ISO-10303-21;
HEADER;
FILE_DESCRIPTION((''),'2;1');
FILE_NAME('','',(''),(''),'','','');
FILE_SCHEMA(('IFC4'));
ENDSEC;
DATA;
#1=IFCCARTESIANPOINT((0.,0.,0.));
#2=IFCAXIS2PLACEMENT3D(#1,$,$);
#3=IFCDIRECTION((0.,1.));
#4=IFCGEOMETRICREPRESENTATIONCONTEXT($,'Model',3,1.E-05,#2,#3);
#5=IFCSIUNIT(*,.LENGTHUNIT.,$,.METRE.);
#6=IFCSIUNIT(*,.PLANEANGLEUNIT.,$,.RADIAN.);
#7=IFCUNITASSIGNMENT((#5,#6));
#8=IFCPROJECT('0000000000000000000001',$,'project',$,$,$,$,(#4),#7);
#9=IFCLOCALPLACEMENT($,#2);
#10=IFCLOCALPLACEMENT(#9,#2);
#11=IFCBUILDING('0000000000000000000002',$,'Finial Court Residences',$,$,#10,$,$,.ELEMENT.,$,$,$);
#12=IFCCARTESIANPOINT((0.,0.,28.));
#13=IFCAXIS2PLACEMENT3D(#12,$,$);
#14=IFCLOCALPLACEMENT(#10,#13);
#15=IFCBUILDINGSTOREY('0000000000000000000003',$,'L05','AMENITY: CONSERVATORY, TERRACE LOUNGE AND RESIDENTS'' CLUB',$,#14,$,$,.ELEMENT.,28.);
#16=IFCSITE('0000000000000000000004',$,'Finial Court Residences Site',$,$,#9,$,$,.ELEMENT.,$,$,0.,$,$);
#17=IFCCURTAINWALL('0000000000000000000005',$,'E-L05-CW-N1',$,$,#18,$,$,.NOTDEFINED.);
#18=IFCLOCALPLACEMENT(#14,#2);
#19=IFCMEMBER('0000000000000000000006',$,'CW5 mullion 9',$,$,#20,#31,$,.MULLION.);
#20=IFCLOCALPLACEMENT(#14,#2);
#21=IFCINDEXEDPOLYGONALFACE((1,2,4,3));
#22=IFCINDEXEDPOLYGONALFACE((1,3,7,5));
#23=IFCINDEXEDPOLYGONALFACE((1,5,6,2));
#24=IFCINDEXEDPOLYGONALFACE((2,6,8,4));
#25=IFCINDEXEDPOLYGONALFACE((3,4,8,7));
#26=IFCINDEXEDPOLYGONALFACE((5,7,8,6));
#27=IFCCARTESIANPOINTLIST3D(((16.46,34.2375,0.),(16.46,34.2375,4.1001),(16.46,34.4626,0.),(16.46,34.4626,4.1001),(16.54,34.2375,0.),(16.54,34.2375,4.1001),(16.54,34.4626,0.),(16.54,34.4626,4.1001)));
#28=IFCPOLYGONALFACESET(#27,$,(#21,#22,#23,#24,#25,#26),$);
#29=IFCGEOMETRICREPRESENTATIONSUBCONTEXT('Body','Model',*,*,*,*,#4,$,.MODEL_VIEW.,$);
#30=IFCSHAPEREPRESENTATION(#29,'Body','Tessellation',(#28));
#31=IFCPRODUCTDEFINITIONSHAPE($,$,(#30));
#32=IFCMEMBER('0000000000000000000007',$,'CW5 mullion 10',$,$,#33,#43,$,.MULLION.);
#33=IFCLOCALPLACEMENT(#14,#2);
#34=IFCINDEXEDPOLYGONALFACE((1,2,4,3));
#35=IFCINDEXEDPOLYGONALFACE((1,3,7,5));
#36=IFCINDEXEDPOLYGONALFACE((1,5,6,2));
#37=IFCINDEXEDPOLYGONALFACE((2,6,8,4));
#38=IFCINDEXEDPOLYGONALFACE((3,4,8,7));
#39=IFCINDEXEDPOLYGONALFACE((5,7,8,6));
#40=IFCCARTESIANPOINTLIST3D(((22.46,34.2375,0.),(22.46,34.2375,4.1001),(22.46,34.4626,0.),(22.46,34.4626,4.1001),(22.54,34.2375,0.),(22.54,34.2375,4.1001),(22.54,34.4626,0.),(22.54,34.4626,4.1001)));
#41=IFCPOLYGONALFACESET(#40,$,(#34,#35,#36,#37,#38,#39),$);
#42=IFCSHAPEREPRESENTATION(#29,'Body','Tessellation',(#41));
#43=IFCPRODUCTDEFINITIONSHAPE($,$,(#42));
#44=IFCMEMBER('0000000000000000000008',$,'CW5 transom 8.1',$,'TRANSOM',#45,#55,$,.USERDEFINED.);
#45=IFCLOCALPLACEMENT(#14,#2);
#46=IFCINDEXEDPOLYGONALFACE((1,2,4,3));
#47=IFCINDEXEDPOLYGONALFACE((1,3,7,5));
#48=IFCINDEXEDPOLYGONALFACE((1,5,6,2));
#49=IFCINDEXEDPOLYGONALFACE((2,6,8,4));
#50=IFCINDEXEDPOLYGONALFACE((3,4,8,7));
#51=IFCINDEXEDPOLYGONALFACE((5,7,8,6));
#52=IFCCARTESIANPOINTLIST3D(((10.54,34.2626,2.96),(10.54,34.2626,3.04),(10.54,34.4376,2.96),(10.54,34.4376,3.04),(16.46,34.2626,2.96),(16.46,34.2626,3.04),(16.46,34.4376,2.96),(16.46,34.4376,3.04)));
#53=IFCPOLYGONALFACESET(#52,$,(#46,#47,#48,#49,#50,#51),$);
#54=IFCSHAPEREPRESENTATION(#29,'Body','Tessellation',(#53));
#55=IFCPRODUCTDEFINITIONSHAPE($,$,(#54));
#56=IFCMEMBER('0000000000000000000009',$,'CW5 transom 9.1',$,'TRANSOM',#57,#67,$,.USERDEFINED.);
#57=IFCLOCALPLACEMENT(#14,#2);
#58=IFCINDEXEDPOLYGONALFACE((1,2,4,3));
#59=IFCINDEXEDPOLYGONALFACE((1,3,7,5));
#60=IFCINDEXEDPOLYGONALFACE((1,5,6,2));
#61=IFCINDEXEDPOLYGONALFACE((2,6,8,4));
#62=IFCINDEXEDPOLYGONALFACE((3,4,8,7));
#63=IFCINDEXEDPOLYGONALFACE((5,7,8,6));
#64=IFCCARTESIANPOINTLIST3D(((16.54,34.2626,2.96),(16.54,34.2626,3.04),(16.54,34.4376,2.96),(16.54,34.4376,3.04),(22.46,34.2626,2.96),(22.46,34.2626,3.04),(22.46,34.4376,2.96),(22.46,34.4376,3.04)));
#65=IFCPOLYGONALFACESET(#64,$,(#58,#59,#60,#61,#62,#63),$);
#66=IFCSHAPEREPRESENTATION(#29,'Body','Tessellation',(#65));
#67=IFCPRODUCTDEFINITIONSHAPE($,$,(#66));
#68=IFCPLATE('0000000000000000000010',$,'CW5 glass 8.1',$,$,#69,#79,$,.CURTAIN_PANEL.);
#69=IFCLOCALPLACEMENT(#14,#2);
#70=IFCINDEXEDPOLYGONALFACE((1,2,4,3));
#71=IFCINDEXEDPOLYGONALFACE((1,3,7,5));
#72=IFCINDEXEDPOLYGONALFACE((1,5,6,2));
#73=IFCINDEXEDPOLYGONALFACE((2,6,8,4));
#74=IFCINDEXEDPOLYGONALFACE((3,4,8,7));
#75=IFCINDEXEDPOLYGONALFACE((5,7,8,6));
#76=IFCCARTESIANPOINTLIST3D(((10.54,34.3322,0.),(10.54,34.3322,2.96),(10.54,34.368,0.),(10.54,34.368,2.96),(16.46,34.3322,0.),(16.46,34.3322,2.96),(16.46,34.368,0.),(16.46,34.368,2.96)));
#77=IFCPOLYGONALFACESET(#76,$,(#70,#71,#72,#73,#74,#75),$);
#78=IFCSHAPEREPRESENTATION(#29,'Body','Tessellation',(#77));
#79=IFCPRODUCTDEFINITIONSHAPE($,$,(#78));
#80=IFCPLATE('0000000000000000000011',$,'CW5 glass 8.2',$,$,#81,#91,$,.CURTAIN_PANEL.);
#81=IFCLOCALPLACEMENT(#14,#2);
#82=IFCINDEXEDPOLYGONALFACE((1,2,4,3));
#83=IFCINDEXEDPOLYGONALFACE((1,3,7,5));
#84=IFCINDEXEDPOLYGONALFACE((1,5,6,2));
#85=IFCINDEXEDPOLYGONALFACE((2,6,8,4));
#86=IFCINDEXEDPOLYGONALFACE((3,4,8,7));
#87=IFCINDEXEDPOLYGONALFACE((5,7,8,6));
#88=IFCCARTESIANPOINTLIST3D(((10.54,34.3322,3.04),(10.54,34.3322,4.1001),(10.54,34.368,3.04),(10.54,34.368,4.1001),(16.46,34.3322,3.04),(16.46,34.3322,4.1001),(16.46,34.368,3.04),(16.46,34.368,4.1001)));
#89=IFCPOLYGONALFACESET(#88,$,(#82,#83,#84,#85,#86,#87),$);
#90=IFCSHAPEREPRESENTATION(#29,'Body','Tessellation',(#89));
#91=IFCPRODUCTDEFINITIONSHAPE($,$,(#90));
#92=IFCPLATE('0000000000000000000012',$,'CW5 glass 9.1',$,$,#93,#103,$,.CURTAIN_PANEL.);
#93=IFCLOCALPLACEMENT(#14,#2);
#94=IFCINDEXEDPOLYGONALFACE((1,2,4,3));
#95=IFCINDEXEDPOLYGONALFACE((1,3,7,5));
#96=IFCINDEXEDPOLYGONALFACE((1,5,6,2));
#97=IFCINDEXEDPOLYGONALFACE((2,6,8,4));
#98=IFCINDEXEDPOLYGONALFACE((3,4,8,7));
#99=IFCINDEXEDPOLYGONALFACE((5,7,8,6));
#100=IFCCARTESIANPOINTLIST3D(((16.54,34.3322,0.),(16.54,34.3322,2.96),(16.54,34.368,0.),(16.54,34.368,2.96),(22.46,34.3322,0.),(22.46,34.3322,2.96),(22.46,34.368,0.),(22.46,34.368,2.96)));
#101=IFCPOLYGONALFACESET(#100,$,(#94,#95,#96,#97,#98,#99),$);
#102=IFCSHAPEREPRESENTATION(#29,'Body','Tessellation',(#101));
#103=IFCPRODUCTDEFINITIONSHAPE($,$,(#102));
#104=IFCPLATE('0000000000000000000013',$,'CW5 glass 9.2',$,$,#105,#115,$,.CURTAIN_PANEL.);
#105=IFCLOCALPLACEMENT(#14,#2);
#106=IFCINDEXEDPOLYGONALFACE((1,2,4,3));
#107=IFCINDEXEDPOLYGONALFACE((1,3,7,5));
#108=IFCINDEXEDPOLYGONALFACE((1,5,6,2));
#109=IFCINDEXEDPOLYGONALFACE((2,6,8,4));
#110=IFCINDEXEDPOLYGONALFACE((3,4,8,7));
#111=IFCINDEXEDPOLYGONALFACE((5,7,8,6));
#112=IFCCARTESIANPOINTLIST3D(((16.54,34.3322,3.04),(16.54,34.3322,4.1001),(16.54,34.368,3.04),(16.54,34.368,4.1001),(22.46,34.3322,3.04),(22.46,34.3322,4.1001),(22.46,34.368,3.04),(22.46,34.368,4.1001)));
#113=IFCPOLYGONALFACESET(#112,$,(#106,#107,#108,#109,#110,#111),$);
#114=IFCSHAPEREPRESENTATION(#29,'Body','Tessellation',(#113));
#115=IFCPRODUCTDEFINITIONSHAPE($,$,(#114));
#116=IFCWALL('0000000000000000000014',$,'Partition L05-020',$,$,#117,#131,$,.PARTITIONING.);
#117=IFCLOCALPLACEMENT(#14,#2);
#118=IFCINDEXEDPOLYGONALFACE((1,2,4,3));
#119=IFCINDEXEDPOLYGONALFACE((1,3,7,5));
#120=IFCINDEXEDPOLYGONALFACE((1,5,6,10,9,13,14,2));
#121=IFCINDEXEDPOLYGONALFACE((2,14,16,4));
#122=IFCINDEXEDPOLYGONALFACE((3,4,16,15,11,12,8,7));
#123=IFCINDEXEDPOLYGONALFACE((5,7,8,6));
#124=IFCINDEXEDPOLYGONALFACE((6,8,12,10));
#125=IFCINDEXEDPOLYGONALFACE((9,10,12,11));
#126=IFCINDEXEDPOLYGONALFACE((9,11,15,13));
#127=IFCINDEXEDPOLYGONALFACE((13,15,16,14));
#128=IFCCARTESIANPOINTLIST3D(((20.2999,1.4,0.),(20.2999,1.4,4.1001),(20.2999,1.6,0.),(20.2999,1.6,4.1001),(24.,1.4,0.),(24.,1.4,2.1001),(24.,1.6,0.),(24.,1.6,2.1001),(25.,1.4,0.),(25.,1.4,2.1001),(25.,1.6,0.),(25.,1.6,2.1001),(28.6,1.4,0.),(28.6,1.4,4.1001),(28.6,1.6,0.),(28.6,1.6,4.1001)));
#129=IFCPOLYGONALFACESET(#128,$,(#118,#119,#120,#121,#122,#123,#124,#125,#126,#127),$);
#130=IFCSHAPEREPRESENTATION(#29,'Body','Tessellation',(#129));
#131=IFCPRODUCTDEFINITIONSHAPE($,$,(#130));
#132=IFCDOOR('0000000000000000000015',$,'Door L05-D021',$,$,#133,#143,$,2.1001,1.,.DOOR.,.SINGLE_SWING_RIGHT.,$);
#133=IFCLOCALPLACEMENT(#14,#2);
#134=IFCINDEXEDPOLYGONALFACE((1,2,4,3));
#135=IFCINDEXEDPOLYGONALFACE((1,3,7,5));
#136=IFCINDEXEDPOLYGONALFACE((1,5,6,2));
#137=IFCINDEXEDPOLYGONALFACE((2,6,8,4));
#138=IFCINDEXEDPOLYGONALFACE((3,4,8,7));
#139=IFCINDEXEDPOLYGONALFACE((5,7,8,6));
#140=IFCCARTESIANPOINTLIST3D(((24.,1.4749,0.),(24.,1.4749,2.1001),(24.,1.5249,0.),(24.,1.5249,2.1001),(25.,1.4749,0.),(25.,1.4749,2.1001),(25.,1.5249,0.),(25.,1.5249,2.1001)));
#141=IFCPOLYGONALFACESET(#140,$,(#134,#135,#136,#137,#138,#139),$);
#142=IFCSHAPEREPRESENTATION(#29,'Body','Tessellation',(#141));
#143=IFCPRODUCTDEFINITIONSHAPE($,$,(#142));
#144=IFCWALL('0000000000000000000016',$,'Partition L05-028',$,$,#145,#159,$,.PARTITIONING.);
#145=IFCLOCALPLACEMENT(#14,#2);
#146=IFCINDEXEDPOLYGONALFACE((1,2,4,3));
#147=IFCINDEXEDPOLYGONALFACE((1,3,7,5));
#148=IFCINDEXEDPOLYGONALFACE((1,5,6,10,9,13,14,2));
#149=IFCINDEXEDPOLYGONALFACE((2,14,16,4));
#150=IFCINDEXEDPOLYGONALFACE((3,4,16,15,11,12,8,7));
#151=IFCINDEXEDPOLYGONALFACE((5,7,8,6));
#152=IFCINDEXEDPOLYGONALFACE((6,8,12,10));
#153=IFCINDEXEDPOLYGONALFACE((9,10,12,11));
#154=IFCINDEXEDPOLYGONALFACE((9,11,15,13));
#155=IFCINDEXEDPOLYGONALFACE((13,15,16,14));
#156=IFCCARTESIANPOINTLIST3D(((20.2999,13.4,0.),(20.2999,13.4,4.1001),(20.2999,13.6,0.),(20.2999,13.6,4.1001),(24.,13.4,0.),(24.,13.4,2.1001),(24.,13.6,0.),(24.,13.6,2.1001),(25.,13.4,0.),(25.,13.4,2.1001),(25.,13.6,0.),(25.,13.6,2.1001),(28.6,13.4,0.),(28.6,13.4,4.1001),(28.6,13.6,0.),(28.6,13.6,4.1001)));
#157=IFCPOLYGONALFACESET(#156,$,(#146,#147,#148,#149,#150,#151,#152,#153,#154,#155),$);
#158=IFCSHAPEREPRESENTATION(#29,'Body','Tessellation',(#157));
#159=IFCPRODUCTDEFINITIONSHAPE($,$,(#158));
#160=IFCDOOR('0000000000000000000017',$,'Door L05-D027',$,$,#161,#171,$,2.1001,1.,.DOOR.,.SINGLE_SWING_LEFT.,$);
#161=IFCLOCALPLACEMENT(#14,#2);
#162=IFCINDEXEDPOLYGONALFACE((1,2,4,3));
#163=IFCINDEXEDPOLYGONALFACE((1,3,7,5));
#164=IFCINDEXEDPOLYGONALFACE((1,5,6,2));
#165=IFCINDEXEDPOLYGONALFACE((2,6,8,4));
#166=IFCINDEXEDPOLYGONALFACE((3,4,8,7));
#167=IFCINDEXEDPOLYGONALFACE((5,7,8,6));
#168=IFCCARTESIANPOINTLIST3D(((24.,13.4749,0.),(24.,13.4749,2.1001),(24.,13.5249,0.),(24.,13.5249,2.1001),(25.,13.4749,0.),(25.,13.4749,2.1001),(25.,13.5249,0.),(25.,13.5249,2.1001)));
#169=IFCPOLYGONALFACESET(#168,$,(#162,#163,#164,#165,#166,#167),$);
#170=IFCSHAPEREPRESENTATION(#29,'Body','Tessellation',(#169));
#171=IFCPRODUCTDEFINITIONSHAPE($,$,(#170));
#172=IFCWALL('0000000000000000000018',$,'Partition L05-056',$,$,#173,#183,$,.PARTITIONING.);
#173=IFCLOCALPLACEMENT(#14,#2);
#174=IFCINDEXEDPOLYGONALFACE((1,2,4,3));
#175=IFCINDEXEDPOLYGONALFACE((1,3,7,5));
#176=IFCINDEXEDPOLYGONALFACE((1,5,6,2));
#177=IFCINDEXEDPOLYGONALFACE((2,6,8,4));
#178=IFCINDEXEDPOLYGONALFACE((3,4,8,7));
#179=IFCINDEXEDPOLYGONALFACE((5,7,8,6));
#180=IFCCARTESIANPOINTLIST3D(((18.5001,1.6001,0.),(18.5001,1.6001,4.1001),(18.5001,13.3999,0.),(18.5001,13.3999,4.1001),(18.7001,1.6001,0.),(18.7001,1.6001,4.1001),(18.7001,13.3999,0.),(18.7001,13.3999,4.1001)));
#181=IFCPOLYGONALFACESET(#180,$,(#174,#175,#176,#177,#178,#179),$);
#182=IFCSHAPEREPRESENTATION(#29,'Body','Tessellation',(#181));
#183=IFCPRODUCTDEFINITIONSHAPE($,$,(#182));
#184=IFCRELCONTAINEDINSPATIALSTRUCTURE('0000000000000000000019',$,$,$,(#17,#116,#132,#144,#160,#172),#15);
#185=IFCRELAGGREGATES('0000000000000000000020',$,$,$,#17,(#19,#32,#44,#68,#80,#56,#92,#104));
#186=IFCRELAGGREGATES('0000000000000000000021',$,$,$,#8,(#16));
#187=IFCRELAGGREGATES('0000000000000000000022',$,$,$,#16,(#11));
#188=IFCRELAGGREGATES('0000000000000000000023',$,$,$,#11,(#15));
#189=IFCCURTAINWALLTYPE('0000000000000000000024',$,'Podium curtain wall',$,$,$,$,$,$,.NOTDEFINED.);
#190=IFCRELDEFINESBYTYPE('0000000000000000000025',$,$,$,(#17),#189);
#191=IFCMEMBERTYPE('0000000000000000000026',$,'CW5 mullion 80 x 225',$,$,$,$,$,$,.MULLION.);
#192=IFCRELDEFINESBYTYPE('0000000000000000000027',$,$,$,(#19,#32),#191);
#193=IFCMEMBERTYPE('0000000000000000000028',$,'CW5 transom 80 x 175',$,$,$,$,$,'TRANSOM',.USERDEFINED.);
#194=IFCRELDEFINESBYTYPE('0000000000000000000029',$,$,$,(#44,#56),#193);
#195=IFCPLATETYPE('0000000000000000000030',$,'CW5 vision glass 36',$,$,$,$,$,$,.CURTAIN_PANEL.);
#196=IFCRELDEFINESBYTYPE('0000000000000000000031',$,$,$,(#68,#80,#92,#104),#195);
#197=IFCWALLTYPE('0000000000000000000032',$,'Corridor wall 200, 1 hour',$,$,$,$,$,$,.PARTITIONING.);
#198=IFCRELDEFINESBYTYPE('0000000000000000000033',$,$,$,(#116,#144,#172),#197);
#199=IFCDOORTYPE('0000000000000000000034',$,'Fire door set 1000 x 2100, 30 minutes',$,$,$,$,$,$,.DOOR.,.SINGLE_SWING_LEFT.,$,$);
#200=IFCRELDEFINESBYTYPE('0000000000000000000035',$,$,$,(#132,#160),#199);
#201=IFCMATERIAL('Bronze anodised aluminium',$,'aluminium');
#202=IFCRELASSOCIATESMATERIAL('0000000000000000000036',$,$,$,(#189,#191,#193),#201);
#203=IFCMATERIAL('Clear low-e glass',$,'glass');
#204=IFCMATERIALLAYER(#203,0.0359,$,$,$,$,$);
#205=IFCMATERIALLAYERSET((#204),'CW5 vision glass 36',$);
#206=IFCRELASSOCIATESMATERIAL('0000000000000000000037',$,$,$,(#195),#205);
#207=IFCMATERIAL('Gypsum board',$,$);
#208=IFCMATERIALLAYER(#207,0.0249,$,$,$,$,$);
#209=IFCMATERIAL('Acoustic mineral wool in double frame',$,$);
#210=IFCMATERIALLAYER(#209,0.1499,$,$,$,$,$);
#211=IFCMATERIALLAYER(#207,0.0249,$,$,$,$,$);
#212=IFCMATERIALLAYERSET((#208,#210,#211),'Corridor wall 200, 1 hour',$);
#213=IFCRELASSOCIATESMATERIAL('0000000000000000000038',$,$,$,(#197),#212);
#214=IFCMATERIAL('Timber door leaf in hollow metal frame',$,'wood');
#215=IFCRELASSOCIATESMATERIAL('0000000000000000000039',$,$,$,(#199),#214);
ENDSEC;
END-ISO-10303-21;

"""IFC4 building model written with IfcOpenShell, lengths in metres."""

from ifc_helpers import new_model, si_unit, direction, frame, frame_2d, origin, origin_2d, place, context, subcontext, project, spatial, rectangle, extrude, material, layer, layer_set, material_profile, profile_set, type_object, element, fill, aggregate, save


model = new_model("IFC4")

# Units and contexts
model_context = context("Model", 3, precision=1e-05, world=origin(), true_north=direction((0.0, 1.0)))
body_context = subcontext(model_context, "Body", "Model", "MODEL_VIEW")
ifc_project = project(units=[si_unit("LENGTHUNIT", "METRE"), si_unit("PLANEANGLEUNIT", "RADIAN")], contexts=[model_context])

# Site, building, storey
site_placement = place(None, origin())
site = spatial("IfcSite", under=ifc_project, at=site_placement, Name="Finial Court Residences Site", CompositionType="ELEMENT", RefElevation=0.0)
building_placement = place(site_placement, origin())
building = spatial("IfcBuilding", under=site, at=building_placement, Name="Finial Court Residences", CompositionType="ELEMENT")
storey_placement = place(building_placement, frame((0.0, 0.0, 28.0)))
storey = spatial("IfcBuildingStorey", under=building, at=storey_placement, Name="L05", Description="AMENITY: CONSERVATORY, TERRACE LOUNGE AND RESIDENTS' CLUB", CompositionType="ELEMENT", Elevation=28.0)

# Curtain wall, members, plates
ifc_material_1 = material(Name="Bronze anodised aluminium", Category="aluminium")
curtain_wall_type = type_object("IfcCurtainWallType", Name="Podium curtain wall", PredefinedType="NOTDEFINED", material=ifc_material_1)
curtain_wall_placement = place(storey_placement, origin())
curtain_wall = element("IfcCurtainWall", 1, at=curtain_wall_placement, inside=storey, type_object=curtain_wall_type, Name="E-L05-CW-N1", PredefinedType="NOTDEFINED")
ifc_material_profile_1 = material_profile(ifc_material_1, rectangle(XDim=0.2251, YDim=0.0801, at=origin_2d()), Name="CW5 mullion 80 x 225")
ifc_profile_set_1 = profile_set([ifc_material_profile_1], Name="Bronze anodised aluminium")
member_type_1 = type_object("IfcMemberType", Name="CW5 mullion 80 x 225", PredefinedType="MULLION", material=ifc_profile_set_1)
member_1_placement = place(storey_placement, frame((16.5, 34.3501, 0.0), z_axis=(0.0, 0.0, 1.0), x_axis=(0.0, 1.0, 0.0)))
member_1 = element("IfcMember", 2, at=member_1_placement, type_object=member_type_1, Name="CW5 mullion 9", PredefinedType="MULLION", context=body_context, shape_type="SweptSolid", body=[
    extrude(rectangle(XDim=0.2251, YDim=0.0801, at=origin_2d()), origin(), (0.0, 0.0, 1.0), 4.1001),
])
member_2_placement = place(storey_placement, frame((22.5, 34.3501, 0.0), z_axis=(0.0, 0.0, 1.0), x_axis=(0.0, 1.0, 0.0)))
member_2 = element("IfcMember", 3, at=member_2_placement, type_object=member_type_1, Name="CW5 mullion 10", PredefinedType="MULLION", context=body_context, shape_type="SweptSolid", body=[
    extrude(rectangle(XDim=0.2251, YDim=0.0801, at=origin_2d()), origin(), (0.0, 0.0, 1.0), 4.1001),
])
ifc_material_profile_2 = material_profile(ifc_material_1, rectangle(XDim=0.175, YDim=0.0801, at=origin_2d()), Name="CW5 transom 80 x 175")
ifc_profile_set_2 = profile_set([ifc_material_profile_2], Name="Bronze anodised aluminium")
member_type_2 = type_object("IfcMemberType", Name="CW5 transom 80 x 175", ElementType="TRANSOM", PredefinedType="USERDEFINED", material=ifc_profile_set_2)
member_3_placement = place(storey_placement, frame((10.54, 34.3501, 3.0), z_axis=(1.0, 0.0, 0.0), x_axis=(0.0, 1.0, 0.0)))
member_3 = element("IfcMember", 4, at=member_3_placement, type_object=member_type_2, Name="CW5 transom 8.1", ObjectType="TRANSOM", PredefinedType="USERDEFINED", context=body_context, shape_type="SweptSolid", body=[
    extrude(rectangle(XDim=0.175, YDim=0.0801, at=origin_2d()), origin(), (0.0, 0.0, 1.0), 5.9199),
])
member_4_placement = place(storey_placement, frame((16.54, 34.3501, 3.0), z_axis=(1.0, 0.0, 0.0), x_axis=(0.0, 1.0, 0.0)))
member_4 = element("IfcMember", 5, at=member_4_placement, type_object=member_type_2, Name="CW5 transom 9.1", ObjectType="TRANSOM", PredefinedType="USERDEFINED", context=body_context, shape_type="SweptSolid", body=[
    extrude(rectangle(XDim=0.175, YDim=0.0801, at=origin_2d()), origin(), (0.0, 0.0, 1.0), 5.9199),
])
ifc_material_2 = material(Name="Clear low-e glass", Category="glass")
ifc_layer_1 = layer(ifc_material_2, 0.0359)
ifc_layer_set_1 = layer_set([ifc_layer_1], Name="CW5 vision glass 36")
plate_type = type_object("IfcPlateType", Name="CW5 vision glass 36", PredefinedType="CURTAIN_PANEL", material=ifc_layer_set_1)
plate_1_placement = place(storey_placement, frame((13.5, 34.3501, 0.0), z_axis=(0.0, 0.0, 1.0), x_axis=(1.0, 0.0, 0.0)))
plate_1 = element("IfcPlate", 6, at=plate_1_placement, type_object=plate_type, Name="CW5 glass 8.1", PredefinedType="CURTAIN_PANEL", context=body_context, shape_type="SweptSolid", body=[
    extrude(rectangle(XDim=5.9199, YDim=0.0359, at=origin_2d()), origin(), (0.0, 0.0, 1.0), 2.96),
])
plate_2_placement = place(storey_placement, frame((13.5, 34.3501, 3.04), z_axis=(0.0, 0.0, 1.0), x_axis=(1.0, 0.0, 0.0)))
plate_2 = element("IfcPlate", 7, at=plate_2_placement, type_object=plate_type, Name="CW5 glass 8.2", PredefinedType="CURTAIN_PANEL", context=body_context, shape_type="SweptSolid", body=[
    extrude(rectangle(XDim=5.9199, YDim=0.0359, at=origin_2d()), origin(), (0.0, 0.0, 1.0), 1.0601),
])
plate_3_placement = place(storey_placement, frame((19.5, 34.3501, 0.0), z_axis=(0.0, 0.0, 1.0), x_axis=(1.0, 0.0, 0.0)))
plate_3 = element("IfcPlate", 8, at=plate_3_placement, type_object=plate_type, Name="CW5 glass 9.1", PredefinedType="CURTAIN_PANEL", context=body_context, shape_type="SweptSolid", body=[
    extrude(rectangle(XDim=5.9199, YDim=0.0359, at=origin_2d()), origin(), (0.0, 0.0, 1.0), 2.96),
])
plate_4_placement = place(storey_placement, frame((19.5, 34.3501, 3.04), z_axis=(0.0, 0.0, 1.0), x_axis=(1.0, 0.0, 0.0)))
plate_4 = element("IfcPlate", 9, at=plate_4_placement, type_object=plate_type, Name="CW5 glass 9.2", PredefinedType="CURTAIN_PANEL", context=body_context, shape_type="SweptSolid", body=[
    extrude(rectangle(XDim=5.9199, YDim=0.0359, at=origin_2d()), origin(), (0.0, 0.0, 1.0), 1.0601),
])
aggregate(curtain_wall, [member_1, member_2, member_3, plate_1, plate_2, member_4, plate_3, plate_4])

# Walls, openings, doors
ifc_material_3 = material(Name="Gypsum board")
ifc_layer_2 = layer(ifc_material_3, 0.0249)
ifc_material_4 = material(Name="Acoustic mineral wool in double frame")
ifc_layer_3 = layer(ifc_material_4, 0.1499)
ifc_layer_4 = layer(ifc_material_3, 0.0249)
ifc_layer_set_2 = layer_set([ifc_layer_2, ifc_layer_3, ifc_layer_4], Name="Corridor wall 200, 1 hour")
wall_type_1 = type_object("IfcWallType", Name="Corridor wall 200, 1 hour", PredefinedType="PARTITIONING", material=ifc_layer_set_2)
wall_1_placement = place(storey_placement, frame((20.3, 1.5, 0.0), z_axis=(0.0, 0.0, 1.0), x_axis=(1.0, 0.0, 0.0)))
wall_1 = element("IfcWall", 10, at=wall_1_placement, inside=storey, type_object=wall_type_1, Name="Partition L05-020", PredefinedType="PARTITIONING", context=body_context, shape_type="SweptSolid", body=[
    extrude(rectangle(XDim=8.3, YDim=0.2, at=frame_2d((4.1499, 0.0))), origin(), (0.0, 0.0, 1.0), 4.1001),
])
opening_1_placement = place(wall_1_placement, frame((3.7, 0.0, 0.0)))
opening_1 = element("IfcOpeningElement", 11, at=opening_1_placement, cuts=wall_1, PredefinedType="OPENING", context=body_context, shape_type="SweptSolid", body=[
    extrude(rectangle(XDim=1.0, YDim=2.1001, at=frame_2d((0.5, 1.05))), frame((0.0, 0.1099, 0.0), z_axis=(0.0, -1.0, 0.0), x_axis=(1.0, 0.0, 0.0)), (0.0, 0.0, 1.0), 0.22),
])
ifc_material_5 = material(Name="Timber door leaf in hollow metal frame", Category="wood")
door_type = type_object("IfcDoorType", Name="Fire door set 1000 x 2100, 30 minutes", OperationType="SINGLE_SWING_LEFT", PredefinedType="DOOR", material=ifc_material_5)
door_1_placement = place(opening_1_placement, origin())
door_1 = element("IfcDoor", 12, at=door_1_placement, inside=storey, type_object=door_type, Name="Door L05-D021", OperationType="SINGLE_SWING_RIGHT", OverallHeight=2.1001, OverallWidth=1.0, PredefinedType="DOOR", context=body_context, shape_type="SweptSolid", body=[
    extrude(rectangle(XDim=1.0, YDim=2.1001, at=frame_2d((0.5, 1.05))), frame((0.0, 0.0249, 0.0), z_axis=(0.0, -1.0, 0.0), x_axis=(1.0, 0.0, 0.0)), (0.0, 0.0, 1.0), 0.05),
])
fill(opening_1, door_1)
wall_2_placement = place(storey_placement, frame((20.3, 13.5, 0.0), z_axis=(0.0, 0.0, 1.0), x_axis=(1.0, 0.0, 0.0)))
wall_2 = element("IfcWall", 13, at=wall_2_placement, inside=storey, type_object=wall_type_1, Name="Partition L05-028", PredefinedType="PARTITIONING", context=body_context, shape_type="SweptSolid", body=[
    extrude(rectangle(XDim=8.3, YDim=0.2, at=frame_2d((4.1499, 0.0))), origin(), (0.0, 0.0, 1.0), 4.1001),
])
opening_2_placement = place(wall_2_placement, frame((3.7, 0.0, 0.0)))
opening_2 = element("IfcOpeningElement", 14, at=opening_2_placement, cuts=wall_2, PredefinedType="OPENING", context=body_context, shape_type="SweptSolid", body=[
    extrude(rectangle(XDim=1.0, YDim=2.1001, at=frame_2d((0.5, 1.05))), frame((0.0, 0.1099, 0.0), z_axis=(0.0, -1.0, 0.0), x_axis=(1.0, 0.0, 0.0)), (0.0, 0.0, 1.0), 0.22),
])
door_2_placement = place(opening_2_placement, origin())
door_2 = element("IfcDoor", 15, at=door_2_placement, inside=storey, type_object=door_type, Name="Door L05-D027", OperationType="SINGLE_SWING_LEFT", OverallHeight=2.1001, OverallWidth=1.0, PredefinedType="DOOR", context=body_context, shape_type="SweptSolid", body=[
    extrude(rectangle(XDim=1.0, YDim=2.1001, at=frame_2d((0.5, 1.05))), frame((0.0, 0.0249, 0.0), z_axis=(0.0, -1.0, 0.0), x_axis=(1.0, 0.0, 0.0)), (0.0, 0.0, 1.0), 0.05),
])
fill(opening_2, door_2)

# Wall
for number, where, z_axis, x_axis, name in (
    (16, (18.6001, 1.6001, 0.0), (0.0, 0.0, 1.0), (0.0, 1.0, 0.0), "Partition L05-056"),
):
    element("IfcWall", number, at=place(storey_placement, frame(where, z_axis=z_axis, x_axis=x_axis)), inside=storey, type_object=wall_type_1, Name=name, PredefinedType="PARTITIONING", context=body_context, shape_type="SweptSolid", body=[
        extrude(rectangle(XDim=11.7998, YDim=0.2, at=frame_2d((5.8999, 0.0))), origin(), (0.0, 0.0, 1.0), 4.1001),
    ])

save(model, "model.ifc")
